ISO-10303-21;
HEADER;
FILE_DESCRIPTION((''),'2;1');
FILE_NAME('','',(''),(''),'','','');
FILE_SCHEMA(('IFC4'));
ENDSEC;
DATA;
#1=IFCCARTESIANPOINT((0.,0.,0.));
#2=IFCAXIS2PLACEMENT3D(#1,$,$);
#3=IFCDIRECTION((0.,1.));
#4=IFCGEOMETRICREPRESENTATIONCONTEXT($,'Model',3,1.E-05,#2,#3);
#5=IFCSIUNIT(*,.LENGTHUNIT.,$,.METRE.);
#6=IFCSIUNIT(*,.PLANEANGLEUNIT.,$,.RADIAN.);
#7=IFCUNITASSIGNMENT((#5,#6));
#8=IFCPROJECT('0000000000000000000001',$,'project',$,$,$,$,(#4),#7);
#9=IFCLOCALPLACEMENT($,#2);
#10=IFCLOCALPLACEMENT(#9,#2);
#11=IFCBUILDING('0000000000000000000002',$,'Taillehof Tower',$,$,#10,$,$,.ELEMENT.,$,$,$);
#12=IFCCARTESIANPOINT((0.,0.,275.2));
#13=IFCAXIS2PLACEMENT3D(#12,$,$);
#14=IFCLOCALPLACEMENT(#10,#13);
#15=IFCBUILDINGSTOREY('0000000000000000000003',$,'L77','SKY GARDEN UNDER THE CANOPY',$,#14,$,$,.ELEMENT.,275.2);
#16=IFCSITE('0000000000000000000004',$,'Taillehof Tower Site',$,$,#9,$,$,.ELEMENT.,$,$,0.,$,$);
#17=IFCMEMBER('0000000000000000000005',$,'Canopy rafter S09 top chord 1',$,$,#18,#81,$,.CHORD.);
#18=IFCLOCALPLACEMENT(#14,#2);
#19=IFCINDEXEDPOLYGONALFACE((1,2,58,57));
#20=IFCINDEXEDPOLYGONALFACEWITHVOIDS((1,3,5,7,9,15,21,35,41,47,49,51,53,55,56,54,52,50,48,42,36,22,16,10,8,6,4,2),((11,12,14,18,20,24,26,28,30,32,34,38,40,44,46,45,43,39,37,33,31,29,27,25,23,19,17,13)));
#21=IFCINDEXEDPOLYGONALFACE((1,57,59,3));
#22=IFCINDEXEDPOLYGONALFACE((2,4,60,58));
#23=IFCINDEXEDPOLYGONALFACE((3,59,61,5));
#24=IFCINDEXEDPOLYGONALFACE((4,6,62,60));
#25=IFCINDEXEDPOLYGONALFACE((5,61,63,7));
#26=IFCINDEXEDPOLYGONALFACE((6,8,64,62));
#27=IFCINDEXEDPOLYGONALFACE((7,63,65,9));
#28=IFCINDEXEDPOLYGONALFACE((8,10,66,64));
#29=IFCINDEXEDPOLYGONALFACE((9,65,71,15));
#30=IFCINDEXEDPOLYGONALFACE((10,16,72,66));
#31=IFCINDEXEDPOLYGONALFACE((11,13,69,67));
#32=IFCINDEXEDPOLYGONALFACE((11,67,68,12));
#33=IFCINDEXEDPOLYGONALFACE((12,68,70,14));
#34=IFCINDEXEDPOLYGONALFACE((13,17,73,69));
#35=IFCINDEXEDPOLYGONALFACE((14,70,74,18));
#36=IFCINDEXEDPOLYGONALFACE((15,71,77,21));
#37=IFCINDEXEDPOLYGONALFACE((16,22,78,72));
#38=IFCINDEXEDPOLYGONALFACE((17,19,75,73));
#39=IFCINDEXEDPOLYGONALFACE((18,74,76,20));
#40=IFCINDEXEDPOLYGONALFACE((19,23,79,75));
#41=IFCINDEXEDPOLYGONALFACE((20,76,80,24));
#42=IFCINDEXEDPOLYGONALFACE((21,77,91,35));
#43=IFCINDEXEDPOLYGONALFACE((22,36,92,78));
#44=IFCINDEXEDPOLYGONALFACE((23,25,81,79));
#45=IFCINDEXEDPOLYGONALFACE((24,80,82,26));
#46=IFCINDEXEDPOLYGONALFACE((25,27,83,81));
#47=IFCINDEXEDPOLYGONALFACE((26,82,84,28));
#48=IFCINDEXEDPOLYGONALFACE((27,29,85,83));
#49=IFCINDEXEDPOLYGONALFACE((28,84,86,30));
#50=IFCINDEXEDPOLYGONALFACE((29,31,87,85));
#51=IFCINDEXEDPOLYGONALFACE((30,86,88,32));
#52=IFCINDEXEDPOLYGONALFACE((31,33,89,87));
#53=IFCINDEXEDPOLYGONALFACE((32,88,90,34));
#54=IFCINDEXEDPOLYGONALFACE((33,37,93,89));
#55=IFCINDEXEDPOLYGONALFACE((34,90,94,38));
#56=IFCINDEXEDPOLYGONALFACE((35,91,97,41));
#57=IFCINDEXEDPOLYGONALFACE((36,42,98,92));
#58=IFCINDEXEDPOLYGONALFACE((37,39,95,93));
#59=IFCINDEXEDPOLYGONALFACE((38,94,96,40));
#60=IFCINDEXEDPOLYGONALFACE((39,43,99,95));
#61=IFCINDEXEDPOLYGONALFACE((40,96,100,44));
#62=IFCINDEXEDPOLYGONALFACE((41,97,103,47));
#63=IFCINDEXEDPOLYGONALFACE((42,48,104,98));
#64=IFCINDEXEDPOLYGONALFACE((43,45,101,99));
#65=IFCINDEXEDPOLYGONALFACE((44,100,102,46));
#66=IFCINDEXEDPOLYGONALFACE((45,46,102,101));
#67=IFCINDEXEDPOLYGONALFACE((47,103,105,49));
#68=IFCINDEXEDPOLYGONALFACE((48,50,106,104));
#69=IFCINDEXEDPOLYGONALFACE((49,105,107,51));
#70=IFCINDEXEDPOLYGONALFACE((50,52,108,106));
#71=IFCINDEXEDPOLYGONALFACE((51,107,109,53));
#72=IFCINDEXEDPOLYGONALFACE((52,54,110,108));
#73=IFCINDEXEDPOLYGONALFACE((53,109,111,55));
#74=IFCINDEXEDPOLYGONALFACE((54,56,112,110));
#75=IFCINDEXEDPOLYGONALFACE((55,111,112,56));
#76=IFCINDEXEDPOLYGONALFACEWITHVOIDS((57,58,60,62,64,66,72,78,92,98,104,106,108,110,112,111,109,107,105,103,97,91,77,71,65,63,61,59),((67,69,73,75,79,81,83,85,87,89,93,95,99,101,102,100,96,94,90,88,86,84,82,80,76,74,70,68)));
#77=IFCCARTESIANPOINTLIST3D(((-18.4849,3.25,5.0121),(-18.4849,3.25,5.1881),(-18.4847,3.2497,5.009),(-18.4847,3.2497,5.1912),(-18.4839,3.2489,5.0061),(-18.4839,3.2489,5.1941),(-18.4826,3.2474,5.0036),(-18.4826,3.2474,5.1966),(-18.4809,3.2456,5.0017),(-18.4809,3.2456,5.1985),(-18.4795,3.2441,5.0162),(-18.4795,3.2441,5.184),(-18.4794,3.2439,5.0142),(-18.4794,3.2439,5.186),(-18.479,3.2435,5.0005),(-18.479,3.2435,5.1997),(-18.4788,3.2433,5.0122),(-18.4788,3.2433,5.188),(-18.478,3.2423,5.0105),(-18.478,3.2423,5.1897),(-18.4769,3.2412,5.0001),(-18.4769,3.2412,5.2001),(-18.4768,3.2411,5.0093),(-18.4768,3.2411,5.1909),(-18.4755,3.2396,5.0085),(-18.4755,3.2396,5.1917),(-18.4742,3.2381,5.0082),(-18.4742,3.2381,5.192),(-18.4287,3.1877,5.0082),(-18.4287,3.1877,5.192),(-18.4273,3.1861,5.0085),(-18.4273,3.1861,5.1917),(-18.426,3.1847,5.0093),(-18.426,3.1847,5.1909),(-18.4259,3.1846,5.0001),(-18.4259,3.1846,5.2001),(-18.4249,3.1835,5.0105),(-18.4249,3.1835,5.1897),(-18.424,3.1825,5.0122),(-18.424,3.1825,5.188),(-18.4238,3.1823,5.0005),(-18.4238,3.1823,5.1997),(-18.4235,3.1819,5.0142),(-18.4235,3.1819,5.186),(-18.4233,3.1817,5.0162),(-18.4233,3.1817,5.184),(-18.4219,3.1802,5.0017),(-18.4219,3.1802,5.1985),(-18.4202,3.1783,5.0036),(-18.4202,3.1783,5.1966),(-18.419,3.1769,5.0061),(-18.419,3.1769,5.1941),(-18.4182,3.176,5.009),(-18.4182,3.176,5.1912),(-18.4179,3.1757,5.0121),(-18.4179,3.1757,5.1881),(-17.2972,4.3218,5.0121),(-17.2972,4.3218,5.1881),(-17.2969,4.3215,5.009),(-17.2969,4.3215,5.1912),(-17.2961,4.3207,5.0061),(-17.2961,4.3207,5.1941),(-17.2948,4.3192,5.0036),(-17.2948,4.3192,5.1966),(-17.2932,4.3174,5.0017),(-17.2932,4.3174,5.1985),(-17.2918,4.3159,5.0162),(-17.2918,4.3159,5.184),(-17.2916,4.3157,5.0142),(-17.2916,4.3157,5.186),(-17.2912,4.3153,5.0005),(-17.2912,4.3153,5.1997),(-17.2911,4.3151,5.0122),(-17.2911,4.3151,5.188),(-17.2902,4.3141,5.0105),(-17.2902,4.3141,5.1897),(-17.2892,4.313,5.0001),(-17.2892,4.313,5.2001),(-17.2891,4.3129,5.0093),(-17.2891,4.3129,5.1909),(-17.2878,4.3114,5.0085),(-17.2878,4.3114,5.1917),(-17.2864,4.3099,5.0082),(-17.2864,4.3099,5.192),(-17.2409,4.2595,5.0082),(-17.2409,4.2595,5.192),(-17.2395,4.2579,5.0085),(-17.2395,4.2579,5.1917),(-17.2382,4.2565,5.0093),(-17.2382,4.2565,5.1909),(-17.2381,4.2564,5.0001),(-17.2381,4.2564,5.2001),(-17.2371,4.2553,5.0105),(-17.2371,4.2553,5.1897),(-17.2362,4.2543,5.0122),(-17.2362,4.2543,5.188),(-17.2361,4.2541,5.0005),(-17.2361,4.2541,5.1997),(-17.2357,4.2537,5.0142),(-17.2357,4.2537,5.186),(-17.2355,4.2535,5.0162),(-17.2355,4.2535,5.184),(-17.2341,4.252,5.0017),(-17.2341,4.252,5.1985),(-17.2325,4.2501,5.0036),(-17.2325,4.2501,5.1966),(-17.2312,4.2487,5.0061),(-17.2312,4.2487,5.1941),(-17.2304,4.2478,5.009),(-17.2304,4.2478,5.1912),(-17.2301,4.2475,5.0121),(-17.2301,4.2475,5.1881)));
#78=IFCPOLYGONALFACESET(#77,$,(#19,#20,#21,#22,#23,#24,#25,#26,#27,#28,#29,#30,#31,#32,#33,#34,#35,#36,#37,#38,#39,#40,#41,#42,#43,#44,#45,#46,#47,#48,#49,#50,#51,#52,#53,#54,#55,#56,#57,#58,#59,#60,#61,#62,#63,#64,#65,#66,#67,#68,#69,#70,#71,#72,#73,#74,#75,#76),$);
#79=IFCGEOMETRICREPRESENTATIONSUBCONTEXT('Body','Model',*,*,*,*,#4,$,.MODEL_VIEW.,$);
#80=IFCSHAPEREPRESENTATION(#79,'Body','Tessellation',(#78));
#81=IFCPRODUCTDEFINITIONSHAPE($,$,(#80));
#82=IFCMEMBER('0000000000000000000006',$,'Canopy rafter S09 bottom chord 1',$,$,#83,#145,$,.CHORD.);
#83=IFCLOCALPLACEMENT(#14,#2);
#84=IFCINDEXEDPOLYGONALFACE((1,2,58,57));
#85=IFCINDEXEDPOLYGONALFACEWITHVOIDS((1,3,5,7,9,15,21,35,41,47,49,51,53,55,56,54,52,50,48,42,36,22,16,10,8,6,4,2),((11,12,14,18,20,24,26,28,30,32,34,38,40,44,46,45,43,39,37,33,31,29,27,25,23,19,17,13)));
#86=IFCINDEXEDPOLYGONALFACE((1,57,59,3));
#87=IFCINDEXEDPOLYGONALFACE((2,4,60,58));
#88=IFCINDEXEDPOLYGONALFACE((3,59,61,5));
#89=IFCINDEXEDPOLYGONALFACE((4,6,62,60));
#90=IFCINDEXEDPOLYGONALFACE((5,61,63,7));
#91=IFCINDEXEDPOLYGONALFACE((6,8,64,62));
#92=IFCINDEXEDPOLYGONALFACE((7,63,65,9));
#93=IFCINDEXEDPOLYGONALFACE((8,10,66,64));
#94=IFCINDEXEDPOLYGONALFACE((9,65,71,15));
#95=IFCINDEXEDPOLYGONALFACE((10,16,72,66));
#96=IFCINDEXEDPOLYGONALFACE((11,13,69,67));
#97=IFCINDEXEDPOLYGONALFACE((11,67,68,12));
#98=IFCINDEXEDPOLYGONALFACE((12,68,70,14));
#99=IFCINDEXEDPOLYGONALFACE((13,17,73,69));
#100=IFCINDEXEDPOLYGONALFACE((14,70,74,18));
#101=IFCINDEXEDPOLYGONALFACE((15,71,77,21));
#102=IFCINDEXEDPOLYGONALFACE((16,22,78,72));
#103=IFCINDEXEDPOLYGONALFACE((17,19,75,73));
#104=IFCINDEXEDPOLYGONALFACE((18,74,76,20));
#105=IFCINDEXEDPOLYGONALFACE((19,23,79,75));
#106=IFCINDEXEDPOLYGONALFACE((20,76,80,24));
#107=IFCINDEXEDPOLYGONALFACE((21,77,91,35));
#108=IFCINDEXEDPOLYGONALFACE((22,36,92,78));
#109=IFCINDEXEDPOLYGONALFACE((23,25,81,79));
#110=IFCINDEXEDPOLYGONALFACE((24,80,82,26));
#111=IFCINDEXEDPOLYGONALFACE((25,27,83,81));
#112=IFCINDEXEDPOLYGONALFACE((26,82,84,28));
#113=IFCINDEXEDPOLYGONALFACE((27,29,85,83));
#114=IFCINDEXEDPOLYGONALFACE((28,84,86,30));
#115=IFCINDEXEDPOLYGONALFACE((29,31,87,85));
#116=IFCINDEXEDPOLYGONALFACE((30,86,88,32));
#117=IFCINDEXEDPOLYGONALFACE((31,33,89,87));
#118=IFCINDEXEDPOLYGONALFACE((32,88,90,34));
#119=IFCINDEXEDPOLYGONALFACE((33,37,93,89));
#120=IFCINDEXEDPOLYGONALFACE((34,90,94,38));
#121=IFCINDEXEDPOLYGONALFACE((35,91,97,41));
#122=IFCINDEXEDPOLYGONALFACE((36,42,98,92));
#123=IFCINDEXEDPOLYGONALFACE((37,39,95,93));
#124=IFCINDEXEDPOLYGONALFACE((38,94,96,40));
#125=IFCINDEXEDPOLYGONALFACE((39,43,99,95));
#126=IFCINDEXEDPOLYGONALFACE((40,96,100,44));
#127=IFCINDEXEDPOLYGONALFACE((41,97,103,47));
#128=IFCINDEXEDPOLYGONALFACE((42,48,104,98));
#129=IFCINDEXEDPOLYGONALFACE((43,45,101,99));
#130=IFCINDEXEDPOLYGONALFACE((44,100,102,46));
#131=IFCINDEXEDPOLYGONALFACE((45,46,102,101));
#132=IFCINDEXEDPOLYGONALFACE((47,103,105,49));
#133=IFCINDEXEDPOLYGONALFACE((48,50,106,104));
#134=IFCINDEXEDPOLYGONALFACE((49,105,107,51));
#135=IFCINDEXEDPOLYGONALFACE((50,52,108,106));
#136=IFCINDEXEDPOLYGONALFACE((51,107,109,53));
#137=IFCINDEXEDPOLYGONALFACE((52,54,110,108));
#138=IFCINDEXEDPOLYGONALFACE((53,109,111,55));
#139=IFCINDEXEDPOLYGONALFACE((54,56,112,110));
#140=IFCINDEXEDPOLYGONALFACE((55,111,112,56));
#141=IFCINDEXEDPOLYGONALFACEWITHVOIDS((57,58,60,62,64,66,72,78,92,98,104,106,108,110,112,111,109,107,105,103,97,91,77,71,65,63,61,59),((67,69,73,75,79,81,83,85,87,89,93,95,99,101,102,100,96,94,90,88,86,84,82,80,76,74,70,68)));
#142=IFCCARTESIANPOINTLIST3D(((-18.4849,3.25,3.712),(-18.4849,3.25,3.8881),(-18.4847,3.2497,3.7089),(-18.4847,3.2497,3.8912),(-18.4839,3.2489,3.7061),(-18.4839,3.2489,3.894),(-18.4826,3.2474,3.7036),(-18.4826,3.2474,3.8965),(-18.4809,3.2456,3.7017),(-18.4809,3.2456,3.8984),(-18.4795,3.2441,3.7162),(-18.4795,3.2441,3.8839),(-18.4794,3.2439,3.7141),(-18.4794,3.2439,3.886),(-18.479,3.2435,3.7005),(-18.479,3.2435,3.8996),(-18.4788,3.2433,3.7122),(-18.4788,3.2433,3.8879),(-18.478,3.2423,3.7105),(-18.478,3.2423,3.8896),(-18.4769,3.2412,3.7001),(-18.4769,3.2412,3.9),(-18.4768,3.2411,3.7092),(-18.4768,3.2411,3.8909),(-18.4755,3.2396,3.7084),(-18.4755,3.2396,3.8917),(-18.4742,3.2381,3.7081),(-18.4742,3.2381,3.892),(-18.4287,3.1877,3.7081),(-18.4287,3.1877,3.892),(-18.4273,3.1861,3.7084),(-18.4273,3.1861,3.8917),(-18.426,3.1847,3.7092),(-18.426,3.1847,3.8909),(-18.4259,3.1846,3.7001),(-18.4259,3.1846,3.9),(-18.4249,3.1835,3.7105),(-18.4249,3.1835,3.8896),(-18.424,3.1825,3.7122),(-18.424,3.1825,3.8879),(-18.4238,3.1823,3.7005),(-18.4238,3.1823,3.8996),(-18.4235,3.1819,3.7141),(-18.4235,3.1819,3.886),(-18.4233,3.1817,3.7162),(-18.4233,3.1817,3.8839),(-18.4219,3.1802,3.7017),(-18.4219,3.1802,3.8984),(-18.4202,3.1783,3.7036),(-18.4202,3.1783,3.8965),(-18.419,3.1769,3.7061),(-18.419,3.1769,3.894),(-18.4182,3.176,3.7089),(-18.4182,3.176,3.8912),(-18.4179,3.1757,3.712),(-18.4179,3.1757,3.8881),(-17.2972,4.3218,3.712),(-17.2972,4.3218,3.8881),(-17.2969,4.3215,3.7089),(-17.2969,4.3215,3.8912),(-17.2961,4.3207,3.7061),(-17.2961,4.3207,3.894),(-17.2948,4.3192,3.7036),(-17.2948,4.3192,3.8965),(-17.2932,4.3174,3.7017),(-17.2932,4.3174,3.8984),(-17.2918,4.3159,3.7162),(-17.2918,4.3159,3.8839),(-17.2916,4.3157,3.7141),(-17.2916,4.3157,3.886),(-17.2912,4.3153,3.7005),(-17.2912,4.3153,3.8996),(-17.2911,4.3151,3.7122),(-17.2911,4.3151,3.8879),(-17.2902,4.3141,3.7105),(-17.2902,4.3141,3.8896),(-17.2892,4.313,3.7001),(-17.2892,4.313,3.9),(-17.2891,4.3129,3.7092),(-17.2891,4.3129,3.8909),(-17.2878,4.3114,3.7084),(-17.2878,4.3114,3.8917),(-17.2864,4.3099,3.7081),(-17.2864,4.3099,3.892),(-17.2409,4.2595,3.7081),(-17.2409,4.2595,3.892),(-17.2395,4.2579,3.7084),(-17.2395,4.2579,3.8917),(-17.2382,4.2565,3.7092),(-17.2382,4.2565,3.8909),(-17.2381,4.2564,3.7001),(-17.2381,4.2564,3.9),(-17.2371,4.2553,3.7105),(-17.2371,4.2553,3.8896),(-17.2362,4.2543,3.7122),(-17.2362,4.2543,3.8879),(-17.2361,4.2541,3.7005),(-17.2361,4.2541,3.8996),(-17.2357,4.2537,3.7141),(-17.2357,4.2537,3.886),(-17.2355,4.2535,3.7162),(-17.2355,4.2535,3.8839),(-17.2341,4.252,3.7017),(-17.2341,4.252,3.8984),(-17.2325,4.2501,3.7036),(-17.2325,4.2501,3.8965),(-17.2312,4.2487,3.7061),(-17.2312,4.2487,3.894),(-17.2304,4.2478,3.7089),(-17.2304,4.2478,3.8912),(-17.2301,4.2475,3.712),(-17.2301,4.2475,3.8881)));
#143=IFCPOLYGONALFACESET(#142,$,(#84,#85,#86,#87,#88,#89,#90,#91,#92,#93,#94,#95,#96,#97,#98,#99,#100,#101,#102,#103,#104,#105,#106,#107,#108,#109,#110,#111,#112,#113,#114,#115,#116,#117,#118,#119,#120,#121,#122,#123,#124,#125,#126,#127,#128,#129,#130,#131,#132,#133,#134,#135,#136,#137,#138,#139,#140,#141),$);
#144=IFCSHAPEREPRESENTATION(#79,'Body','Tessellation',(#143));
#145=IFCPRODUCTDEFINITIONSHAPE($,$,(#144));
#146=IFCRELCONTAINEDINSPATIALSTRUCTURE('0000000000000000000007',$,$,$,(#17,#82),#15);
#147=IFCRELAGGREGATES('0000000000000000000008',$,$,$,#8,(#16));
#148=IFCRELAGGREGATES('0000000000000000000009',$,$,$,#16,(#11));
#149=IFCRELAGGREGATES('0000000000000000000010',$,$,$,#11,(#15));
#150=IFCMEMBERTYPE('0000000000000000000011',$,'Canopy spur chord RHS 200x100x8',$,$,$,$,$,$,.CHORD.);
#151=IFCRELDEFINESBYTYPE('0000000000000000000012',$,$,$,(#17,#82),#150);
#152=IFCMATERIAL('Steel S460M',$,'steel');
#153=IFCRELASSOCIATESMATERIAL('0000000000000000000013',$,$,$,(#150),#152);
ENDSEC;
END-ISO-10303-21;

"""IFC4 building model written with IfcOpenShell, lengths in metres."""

from ifc_helpers import new_model, si_unit, direction, frame, origin, origin_2d, place, context, subcontext, project, spatial, hollow_rectangle, extrude, material, material_profile, profile_set, type_object, element, save


model = new_model("IFC4")

# Units and contexts
model_context = context("Model", 3, precision=1e-05, world=origin(), true_north=direction((0.0, 1.0)))
body_context = subcontext(model_context, "Body", "Model", "MODEL_VIEW")
ifc_project = project(units=[si_unit("LENGTHUNIT", "METRE"), si_unit("PLANEANGLEUNIT", "RADIAN")], contexts=[model_context])

# Site, building, storey
site_placement = place(None, origin())
site = spatial("IfcSite", under=ifc_project, at=site_placement, Name="Taillehof Tower Site", CompositionType="ELEMENT", RefElevation=0.0)
building_placement = place(site_placement, origin())
building = spatial("IfcBuilding", under=site, at=building_placement, Name="Taillehof Tower", CompositionType="ELEMENT")
storey_placement = place(building_placement, frame((0.0, 0.0, 275.2)))
storey = spatial("IfcBuildingStorey", under=building, at=storey_placement, Name="L77", Description="SKY GARDEN UNDER THE CANOPY", CompositionType="ELEMENT", Elevation=275.2)

# Members
ifc_material_1 = material(Name="Steel S460M", Category="steel")
ifc_material_profile_1 = material_profile(ifc_material_1, hollow_rectangle(XDim=0.1001, YDim=0.2, WallThickness=0.0081, InnerFilletRadius=0.0081, OuterFilletRadius=0.012, at=origin_2d()), Name="RHS 200x100x8")
ifc_profile_set_1 = profile_set([ifc_material_profile_1], Name="Steel S460M")
member_type_1 = type_object("IfcMemberType", Name="Canopy spur chord RHS 200x100x8", PredefinedType="CHORD", material=ifc_profile_set_1)
for number, where, z_axis, x_axis, name in (
    (1, (-18.4514, 3.2129, 5.1001), (0.742421, 0.669934, 0.0), (-0.669934, 0.742421, 0.0), "Canopy rafter S09 top chord 1"),
    (2, (-18.4514, 3.2129, 3.8), (0.742421, 0.669934, 0.0), (-0.669934, 0.742421, 0.0), "Canopy rafter S09 bottom chord 1"),
):
    element("IfcMember", number, at=place(storey_placement, frame(where, z_axis=z_axis, x_axis=x_axis)), inside=storey, type_object=member_type_1, Name=name, PredefinedType="CHORD", context=body_context, shape_type="SweptSolid", body=[
        extrude(hollow_rectangle(XDim=0.1001, YDim=0.2, WallThickness=0.0081, InnerFilletRadius=0.0081, OuterFilletRadius=0.012, at=origin_2d()), origin(), (0.0, 0.0, 1.0), 1.5999),
    ])

save(model, "model.ifc")
